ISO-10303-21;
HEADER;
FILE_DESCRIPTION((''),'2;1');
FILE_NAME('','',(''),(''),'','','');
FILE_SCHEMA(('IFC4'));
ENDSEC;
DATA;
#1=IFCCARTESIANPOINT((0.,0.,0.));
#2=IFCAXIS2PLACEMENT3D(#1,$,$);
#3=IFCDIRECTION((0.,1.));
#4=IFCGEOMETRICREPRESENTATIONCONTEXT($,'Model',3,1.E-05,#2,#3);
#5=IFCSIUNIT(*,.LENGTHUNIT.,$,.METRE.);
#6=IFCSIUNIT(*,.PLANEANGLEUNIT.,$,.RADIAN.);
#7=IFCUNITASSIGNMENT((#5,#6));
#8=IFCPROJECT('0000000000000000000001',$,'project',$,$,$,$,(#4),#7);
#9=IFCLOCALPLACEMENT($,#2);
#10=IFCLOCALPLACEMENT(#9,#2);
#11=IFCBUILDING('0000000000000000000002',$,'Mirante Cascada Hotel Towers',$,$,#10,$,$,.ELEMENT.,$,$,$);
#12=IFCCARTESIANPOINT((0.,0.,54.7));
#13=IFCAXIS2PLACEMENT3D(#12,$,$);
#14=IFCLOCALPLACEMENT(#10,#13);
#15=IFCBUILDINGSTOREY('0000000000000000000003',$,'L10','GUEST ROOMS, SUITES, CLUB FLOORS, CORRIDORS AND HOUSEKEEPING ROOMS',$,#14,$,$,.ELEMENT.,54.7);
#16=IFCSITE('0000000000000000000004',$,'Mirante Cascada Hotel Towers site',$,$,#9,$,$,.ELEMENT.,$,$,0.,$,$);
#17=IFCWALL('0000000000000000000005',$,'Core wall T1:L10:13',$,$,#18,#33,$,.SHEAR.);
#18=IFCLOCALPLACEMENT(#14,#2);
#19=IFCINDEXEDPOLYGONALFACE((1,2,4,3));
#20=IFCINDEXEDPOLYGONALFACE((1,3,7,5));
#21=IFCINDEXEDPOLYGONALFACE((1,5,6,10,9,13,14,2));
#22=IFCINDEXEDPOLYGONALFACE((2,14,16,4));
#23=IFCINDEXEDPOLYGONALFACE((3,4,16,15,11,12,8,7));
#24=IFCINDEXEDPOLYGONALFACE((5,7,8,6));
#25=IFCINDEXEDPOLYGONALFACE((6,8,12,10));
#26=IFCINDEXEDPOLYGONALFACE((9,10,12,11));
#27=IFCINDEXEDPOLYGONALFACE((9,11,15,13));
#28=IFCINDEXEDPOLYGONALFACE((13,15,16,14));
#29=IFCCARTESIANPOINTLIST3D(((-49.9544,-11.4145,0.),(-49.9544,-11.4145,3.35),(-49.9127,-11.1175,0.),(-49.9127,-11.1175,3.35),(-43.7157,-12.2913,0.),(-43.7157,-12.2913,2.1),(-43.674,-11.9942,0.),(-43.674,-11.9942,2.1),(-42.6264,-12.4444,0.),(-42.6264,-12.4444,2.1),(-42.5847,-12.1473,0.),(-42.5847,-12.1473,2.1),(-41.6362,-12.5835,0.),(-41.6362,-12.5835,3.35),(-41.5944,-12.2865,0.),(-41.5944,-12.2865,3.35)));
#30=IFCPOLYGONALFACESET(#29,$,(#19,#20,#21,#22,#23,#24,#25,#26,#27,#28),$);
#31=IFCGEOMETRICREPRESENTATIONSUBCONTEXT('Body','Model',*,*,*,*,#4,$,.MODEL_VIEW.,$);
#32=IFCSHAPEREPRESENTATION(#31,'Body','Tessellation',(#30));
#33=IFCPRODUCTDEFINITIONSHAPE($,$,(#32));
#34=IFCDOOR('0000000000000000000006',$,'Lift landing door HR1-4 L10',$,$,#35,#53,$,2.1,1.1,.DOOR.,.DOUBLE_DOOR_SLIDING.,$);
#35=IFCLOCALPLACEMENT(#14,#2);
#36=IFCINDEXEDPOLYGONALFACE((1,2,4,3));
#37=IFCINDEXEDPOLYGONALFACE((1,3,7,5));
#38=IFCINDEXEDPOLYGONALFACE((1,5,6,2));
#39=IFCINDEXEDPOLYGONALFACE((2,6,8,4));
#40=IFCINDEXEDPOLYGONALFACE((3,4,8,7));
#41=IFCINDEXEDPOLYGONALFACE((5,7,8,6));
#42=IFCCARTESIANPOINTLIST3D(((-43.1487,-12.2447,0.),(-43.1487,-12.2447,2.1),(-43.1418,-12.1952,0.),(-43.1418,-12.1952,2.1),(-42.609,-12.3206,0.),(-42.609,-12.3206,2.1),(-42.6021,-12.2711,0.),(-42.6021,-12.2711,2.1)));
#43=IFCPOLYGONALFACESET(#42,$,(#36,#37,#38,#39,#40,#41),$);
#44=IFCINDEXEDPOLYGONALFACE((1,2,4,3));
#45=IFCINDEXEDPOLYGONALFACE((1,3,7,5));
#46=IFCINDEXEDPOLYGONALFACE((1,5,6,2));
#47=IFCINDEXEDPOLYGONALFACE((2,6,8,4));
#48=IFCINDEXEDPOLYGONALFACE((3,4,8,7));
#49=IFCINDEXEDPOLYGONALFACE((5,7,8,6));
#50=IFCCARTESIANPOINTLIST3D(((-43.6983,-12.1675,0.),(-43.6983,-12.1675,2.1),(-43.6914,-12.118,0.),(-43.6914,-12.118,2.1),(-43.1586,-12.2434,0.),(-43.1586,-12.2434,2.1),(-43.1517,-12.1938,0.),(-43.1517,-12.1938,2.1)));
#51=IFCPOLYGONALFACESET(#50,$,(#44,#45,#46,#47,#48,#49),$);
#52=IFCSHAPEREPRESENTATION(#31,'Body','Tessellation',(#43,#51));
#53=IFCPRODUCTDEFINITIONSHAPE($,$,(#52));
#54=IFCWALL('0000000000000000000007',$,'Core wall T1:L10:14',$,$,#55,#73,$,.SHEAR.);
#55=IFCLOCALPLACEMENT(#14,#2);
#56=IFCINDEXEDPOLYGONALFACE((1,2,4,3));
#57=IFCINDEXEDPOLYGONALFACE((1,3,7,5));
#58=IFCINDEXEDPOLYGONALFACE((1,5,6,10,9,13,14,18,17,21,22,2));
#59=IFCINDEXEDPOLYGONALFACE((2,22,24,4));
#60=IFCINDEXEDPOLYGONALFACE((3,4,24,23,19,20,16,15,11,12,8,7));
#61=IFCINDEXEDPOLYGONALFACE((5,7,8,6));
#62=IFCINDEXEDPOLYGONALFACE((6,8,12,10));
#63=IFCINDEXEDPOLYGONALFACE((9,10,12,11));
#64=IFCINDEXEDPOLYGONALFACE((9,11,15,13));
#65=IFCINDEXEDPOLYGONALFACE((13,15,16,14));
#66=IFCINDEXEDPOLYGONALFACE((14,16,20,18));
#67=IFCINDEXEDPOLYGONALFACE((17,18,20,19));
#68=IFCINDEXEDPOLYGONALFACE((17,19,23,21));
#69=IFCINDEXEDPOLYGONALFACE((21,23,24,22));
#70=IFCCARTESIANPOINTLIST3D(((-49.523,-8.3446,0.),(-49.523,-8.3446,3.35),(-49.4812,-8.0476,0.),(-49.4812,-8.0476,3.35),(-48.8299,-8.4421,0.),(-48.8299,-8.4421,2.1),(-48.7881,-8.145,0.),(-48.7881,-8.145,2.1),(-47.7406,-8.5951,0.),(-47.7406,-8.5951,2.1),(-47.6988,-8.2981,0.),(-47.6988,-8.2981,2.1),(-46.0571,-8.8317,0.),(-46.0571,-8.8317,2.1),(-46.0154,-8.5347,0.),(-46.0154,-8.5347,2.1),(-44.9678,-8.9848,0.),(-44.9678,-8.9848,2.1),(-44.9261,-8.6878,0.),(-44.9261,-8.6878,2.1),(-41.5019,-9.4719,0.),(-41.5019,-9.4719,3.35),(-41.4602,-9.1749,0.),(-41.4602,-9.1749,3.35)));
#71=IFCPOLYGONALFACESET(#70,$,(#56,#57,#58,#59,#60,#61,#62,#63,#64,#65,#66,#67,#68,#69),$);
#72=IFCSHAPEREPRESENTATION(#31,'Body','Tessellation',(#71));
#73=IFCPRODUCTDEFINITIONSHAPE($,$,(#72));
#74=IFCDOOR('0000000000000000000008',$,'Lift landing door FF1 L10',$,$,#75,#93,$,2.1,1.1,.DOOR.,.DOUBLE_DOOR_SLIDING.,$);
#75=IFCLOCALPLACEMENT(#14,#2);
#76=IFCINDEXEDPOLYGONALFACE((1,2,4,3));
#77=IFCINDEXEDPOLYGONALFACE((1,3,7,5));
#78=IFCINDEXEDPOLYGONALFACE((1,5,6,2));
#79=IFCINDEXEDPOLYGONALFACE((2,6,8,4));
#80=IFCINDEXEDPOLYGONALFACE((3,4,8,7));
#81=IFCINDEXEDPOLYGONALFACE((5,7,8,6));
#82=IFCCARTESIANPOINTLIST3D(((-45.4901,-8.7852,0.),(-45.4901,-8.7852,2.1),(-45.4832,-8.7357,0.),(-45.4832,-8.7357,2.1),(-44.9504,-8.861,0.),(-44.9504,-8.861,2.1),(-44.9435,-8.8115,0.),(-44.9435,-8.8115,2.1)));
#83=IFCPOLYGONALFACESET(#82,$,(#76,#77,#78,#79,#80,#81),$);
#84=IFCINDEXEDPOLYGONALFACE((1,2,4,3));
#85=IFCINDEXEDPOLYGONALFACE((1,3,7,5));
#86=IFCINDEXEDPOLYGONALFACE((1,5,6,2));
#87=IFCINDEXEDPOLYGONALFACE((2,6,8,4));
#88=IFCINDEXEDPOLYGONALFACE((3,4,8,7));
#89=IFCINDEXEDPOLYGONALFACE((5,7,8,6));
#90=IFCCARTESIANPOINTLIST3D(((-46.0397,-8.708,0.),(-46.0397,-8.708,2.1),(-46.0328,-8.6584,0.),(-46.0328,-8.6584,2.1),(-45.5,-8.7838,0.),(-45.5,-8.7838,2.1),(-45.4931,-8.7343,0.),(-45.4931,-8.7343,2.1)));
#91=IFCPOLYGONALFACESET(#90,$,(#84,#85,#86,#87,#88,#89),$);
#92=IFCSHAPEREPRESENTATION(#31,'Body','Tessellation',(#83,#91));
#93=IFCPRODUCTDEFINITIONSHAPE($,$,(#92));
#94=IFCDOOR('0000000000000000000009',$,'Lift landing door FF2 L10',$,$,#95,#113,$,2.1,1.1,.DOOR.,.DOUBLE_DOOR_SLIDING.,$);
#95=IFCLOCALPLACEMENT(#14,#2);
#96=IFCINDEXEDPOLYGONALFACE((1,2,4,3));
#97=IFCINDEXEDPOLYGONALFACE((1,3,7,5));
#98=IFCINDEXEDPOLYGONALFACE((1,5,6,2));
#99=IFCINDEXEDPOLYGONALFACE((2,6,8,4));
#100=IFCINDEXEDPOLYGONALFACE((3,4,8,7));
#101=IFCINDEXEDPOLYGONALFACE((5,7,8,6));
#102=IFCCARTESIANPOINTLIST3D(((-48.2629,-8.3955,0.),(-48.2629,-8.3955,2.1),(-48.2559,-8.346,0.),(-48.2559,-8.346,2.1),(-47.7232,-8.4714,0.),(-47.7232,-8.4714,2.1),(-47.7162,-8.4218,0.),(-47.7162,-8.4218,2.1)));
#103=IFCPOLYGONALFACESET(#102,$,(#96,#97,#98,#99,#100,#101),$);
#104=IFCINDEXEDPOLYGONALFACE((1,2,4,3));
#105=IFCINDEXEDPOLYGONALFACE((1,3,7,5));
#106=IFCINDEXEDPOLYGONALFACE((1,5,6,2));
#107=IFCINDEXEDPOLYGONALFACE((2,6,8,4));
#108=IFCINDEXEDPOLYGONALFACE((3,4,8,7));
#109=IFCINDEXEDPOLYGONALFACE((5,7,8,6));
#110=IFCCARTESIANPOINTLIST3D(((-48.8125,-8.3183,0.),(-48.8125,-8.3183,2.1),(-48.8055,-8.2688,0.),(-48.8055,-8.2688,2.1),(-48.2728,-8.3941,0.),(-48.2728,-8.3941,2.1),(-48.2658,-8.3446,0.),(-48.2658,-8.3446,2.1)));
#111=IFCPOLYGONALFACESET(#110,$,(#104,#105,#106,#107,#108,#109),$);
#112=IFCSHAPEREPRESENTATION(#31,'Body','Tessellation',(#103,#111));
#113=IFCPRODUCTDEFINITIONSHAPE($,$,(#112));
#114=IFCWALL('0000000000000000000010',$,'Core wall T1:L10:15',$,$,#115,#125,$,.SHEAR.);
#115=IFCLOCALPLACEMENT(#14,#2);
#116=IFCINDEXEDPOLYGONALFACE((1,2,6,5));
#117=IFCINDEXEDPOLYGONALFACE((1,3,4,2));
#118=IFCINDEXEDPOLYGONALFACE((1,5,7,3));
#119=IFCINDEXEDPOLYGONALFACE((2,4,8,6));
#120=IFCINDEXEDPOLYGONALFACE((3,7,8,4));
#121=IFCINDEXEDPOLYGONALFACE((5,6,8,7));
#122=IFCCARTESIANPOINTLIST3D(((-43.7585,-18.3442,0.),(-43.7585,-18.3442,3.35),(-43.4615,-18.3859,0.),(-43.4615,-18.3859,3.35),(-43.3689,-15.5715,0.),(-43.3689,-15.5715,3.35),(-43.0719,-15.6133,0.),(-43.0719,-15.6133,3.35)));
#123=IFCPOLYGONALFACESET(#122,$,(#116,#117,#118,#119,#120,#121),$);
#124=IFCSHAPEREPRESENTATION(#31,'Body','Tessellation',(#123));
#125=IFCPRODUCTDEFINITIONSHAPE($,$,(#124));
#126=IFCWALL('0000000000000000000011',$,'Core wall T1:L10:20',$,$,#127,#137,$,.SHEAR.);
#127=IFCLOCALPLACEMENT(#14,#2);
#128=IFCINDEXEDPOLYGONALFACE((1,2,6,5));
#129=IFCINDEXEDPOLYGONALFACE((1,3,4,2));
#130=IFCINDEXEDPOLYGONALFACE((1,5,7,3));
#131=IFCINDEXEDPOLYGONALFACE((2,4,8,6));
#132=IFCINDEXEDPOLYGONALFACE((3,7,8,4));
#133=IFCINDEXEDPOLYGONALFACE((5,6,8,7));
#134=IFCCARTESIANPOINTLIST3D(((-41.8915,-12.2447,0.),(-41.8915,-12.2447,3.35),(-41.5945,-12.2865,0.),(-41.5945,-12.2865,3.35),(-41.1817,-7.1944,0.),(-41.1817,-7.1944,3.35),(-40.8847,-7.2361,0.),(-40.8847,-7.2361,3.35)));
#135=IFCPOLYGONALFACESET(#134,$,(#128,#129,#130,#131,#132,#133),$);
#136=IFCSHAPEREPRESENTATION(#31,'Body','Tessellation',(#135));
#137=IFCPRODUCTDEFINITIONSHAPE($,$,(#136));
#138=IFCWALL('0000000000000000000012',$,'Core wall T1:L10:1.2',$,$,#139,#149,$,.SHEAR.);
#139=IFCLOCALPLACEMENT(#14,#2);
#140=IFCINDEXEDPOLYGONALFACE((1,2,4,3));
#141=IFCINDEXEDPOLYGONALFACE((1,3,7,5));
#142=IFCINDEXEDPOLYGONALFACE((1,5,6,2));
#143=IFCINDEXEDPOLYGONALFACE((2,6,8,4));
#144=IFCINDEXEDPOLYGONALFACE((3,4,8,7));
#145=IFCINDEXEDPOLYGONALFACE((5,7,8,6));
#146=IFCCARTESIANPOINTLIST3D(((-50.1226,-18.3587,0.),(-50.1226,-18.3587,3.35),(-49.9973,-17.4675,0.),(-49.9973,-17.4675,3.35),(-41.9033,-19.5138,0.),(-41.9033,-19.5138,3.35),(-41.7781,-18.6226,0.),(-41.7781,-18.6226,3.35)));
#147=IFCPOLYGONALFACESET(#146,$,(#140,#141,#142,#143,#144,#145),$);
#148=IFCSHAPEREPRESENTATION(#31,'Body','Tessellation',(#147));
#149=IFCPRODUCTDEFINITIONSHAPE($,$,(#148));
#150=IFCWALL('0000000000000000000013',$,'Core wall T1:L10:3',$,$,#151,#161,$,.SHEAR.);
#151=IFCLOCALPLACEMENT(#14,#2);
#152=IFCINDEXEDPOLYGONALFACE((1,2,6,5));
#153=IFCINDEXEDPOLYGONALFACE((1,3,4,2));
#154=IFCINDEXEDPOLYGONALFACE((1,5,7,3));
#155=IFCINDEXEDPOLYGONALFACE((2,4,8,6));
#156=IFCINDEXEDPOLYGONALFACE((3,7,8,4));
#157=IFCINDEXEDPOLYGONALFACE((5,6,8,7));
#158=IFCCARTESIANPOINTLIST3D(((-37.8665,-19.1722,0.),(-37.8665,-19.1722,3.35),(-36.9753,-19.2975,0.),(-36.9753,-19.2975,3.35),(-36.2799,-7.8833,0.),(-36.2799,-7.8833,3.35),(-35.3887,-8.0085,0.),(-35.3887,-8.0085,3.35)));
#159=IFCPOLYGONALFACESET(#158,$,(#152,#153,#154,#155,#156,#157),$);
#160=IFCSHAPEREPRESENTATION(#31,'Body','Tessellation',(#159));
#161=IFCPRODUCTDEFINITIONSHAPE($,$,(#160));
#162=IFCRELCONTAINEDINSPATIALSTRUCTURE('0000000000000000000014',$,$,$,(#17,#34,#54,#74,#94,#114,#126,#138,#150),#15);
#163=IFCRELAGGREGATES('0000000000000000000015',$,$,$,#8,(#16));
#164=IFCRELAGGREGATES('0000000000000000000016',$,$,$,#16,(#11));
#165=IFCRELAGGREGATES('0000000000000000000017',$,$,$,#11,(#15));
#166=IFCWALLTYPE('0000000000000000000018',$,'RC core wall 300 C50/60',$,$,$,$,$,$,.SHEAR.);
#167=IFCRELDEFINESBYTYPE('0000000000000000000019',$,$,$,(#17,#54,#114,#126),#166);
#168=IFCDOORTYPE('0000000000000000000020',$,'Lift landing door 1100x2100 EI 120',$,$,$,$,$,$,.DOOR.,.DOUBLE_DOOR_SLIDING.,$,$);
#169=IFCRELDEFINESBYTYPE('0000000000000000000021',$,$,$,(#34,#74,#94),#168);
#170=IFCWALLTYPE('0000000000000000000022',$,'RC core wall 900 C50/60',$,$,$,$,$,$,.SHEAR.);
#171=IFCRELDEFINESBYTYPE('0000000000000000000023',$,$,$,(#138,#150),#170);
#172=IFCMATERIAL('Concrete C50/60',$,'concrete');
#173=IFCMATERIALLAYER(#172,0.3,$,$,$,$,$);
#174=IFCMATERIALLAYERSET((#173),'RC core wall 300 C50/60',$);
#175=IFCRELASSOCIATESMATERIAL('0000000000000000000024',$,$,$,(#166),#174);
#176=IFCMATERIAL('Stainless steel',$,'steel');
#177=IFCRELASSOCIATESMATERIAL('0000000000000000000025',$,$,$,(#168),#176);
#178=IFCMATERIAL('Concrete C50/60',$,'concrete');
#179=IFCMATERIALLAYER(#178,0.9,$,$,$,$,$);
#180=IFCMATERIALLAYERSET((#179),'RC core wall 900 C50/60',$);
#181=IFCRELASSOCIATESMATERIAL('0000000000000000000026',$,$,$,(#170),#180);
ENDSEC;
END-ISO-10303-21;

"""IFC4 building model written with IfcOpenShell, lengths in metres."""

from ifc_helpers import new_model, si_unit, direction, frame, frame_2d, origin, place, context, subcontext, project, spatial, rectangle, extrude, material, layer, layer_set, type_object, element, fill, save


model = new_model("IFC4")

# Units and contexts
model_context = context("Model", 3, precision=1e-05, world=origin(), true_north=direction((0.0, 1.0)))
body_context = subcontext(model_context, "Body", "Model", "MODEL_VIEW")
ifc_project = project(units=[si_unit("LENGTHUNIT", "METRE"), si_unit("PLANEANGLEUNIT", "RADIAN")], contexts=[model_context])

# Site, building, storey
site_placement = place(None, origin())
site = spatial("IfcSite", under=ifc_project, at=site_placement, Name="Mirante Cascada Hotel Towers site", CompositionType="ELEMENT", RefElevation=0.0)
building_placement = place(site_placement, origin())
building = spatial("IfcBuilding", under=site, at=building_placement, Name="Mirante Cascada Hotel Towers", CompositionType="ELEMENT")
storey_placement = place(building_placement, frame((0.0, 0.0, 54.7)))
storey = spatial("IfcBuildingStorey", under=building, at=storey_placement, Name="L10", Description="GUEST ROOMS, SUITES, CLUB FLOORS, CORRIDORS AND HOUSEKEEPING ROOMS", CompositionType="ELEMENT", Elevation=54.7)

# Shared definitions
ifc_material_1 = material(Name="Concrete C50/60", Category="concrete")
ifc_layer_1 = layer(ifc_material_1, 0.3)
ifc_layer_set_1 = layer_set([ifc_layer_1], Name="RC core wall 300 C50/60")
wall_type_1 = type_object("IfcWallType", Name="RC core wall 300 C50/60", PredefinedType="SHEAR", material=ifc_layer_set_1)

# Shared definitions
ifc_material_2 = material(Name="Stainless steel", Category="steel")
door_type_1 = type_object("IfcDoorType", Name="Lift landing door 1100x2100 EI 120", OperationType="DOUBLE_DOOR_SLIDING", PredefinedType="DOOR", material=ifc_material_2)

# Wall, opening, door
wall_1_placement = place(storey_placement, frame((-41.6153, -12.435, 0.0), z_axis=(0.0, 0.0, 1.0), x_axis=(-0.990269, 0.139166, 0.0)))
wall_1 = element("IfcWall", 1, at=wall_1_placement, inside=storey, type_object=wall_type_1, Name="Core wall T1:L10:13", PredefinedType="SHEAR", context=body_context, shape_type="SweptSolid", body=[
    extrude(rectangle(XDim=8.4, YDim=0.3, at=frame_2d((4.2, 0.0))), origin(), (0.0, 0.0, 1.0), 3.35),
])
opening_1_placement = place(wall_1_placement, frame((1.0, 0.0, 0.0)))
opening_1 = element("IfcOpeningElement", 2, at=opening_1_placement, cuts=wall_1, PredefinedType="OPENING", context=body_context, shape_type="SweptSolid", body=[
    extrude(rectangle(XDim=1.1, YDim=2.1, at=frame_2d((0.55, 1.05))), frame((0.0, 0.15, 0.0), z_axis=(0.0, -1.0, 0.0), x_axis=(1.0, 0.0, 0.0)), (0.0, 0.0, 1.0), 0.3),
])
door_1_placement = place(opening_1_placement, origin())
door_1 = element("IfcDoor", 3, at=door_1_placement, inside=storey, type_object=door_type_1, Name="Lift landing door HR1-4 L10", OperationType="DOUBLE_DOOR_SLIDING", OverallHeight=2.1, OverallWidth=1.1, PredefinedType="DOOR", context=body_context, shape_type="SweptSolid", body=[
    extrude(rectangle(XDim=0.545, YDim=2.1, at=frame_2d((0.2725, 1.05))), frame((0.0, 0.025, 0.0), z_axis=(0.0, -1.0, 0.0), x_axis=(1.0, 0.0, 0.0)), (0.0, 0.0, 1.0), 0.05),
    extrude(rectangle(XDim=0.545, YDim=2.1, at=frame_2d((0.8275, 1.05))), frame((0.0, 0.025, 0.0), z_axis=(0.0, -1.0, 0.0), x_axis=(1.0, 0.0, 0.0)), (0.0, 0.0, 1.0), 0.05),
])
fill(opening_1, door_1)

# Wall, openings, doors
wall_2_placement = place(storey_placement, frame((-41.481, -9.3234, 0.0), z_axis=(0.0, 0.0, 1.0), x_axis=(-0.990268, 0.139174, 0.0)))
wall_2 = element("IfcWall", 4, at=wall_2_placement, inside=storey, type_object=wall_type_1, Name="Core wall T1:L10:14", PredefinedType="SHEAR", context=body_context, shape_type="SweptSolid", body=[
    extrude(rectangle(XDim=8.0999, YDim=0.3, at=frame_2d((4.05, 0.0))), origin(), (0.0, 0.0, 1.0), 3.35),
])
opening_2_placement = place(wall_2_placement, frame((3.5, 0.0, 0.0)))
opening_2 = element("IfcOpeningElement", 5, at=opening_2_placement, cuts=wall_2, PredefinedType="OPENING", context=body_context, shape_type="SweptSolid", body=[
    extrude(rectangle(XDim=1.1, YDim=2.1, at=frame_2d((0.55, 1.05))), frame((0.0, 0.15, 0.0), z_axis=(0.0, -1.0, 0.0), x_axis=(1.0, 0.0, 0.0)), (0.0, 0.0, 1.0), 0.3),
])
opening_3_placement = place(wall_2_placement, frame((6.3, 0.0, 0.0)))
opening_3 = element("IfcOpeningElement", 6, at=opening_3_placement, cuts=wall_2, PredefinedType="OPENING", context=body_context, shape_type="SweptSolid", body=[
    extrude(rectangle(XDim=1.1, YDim=2.1, at=frame_2d((0.55, 1.05))), frame((0.0, 0.15, 0.0), z_axis=(0.0, -1.0, 0.0), x_axis=(1.0, 0.0, 0.0)), (0.0, 0.0, 1.0), 0.3),
])
door_2_placement = place(opening_2_placement, origin())
door_2 = element("IfcDoor", 7, at=door_2_placement, inside=storey, type_object=door_type_1, Name="Lift landing door FF1 L10", OperationType="DOUBLE_DOOR_SLIDING", OverallHeight=2.1, OverallWidth=1.1, PredefinedType="DOOR", context=body_context, shape_type="SweptSolid", body=[
    extrude(rectangle(XDim=0.545, YDim=2.1, at=frame_2d((0.2725, 1.05))), frame((0.0, 0.025, 0.0), z_axis=(0.0, -1.0, 0.0), x_axis=(1.0, 0.0, 0.0)), (0.0, 0.0, 1.0), 0.05),
    extrude(rectangle(XDim=0.545, YDim=2.1, at=frame_2d((0.8275, 1.05))), frame((0.0, 0.025, 0.0), z_axis=(0.0, -1.0, 0.0), x_axis=(1.0, 0.0, 0.0)), (0.0, 0.0, 1.0), 0.05),
])
fill(opening_2, door_2)
door_3_placement = place(opening_3_placement, origin())
door_3 = element("IfcDoor", 8, at=door_3_placement, inside=storey, type_object=door_type_1, Name="Lift landing door FF2 L10", OperationType="DOUBLE_DOOR_SLIDING", OverallHeight=2.1, OverallWidth=1.1, PredefinedType="DOOR", context=body_context, shape_type="SweptSolid", body=[
    extrude(rectangle(XDim=0.545, YDim=2.1, at=frame_2d((0.2725, 1.05))), frame((0.0, 0.025, 0.0), z_axis=(0.0, -1.0, 0.0), x_axis=(1.0, 0.0, 0.0)), (0.0, 0.0, 1.0), 0.05),
    extrude(rectangle(XDim=0.545, YDim=2.1, at=frame_2d((0.8275, 1.05))), frame((0.0, 0.025, 0.0), z_axis=(0.0, -1.0, 0.0), x_axis=(1.0, 0.0, 0.0)), (0.0, 0.0, 1.0), 0.05),
])
fill(opening_3, door_3)

# Walls
wall_3_placement = place(storey_placement, frame((-43.61, -18.3651, 0.0), z_axis=(0.0, 0.0, 1.0), x_axis=(0.139146, 0.990272, 0.0)))
element("IfcWall", 9, at=wall_3_placement, inside=storey, type_object=wall_type_1, Name="Core wall T1:L10:15", PredefinedType="SHEAR", context=body_context, shape_type="SweptSolid", body=[
    extrude(rectangle(XDim=2.7999, YDim=0.3, at=frame_2d((1.4, 0.0))), origin(), (0.0, 0.0, 1.0), 3.35),
])
wall_4_placement = place(storey_placement, frame((-41.743, -12.2656, 0.0), z_axis=(0.0, 0.0, 1.0), x_axis=(0.139176, 0.990268, 0.0)))
element("IfcWall", 10, at=wall_4_placement, inside=storey, type_object=wall_type_1, Name="Core wall T1:L10:20", PredefinedType="SHEAR", context=body_context, shape_type="SweptSolid", body=[
    extrude(rectangle(XDim=5.1, YDim=0.3, at=frame_2d((2.55, 0.0))), origin(), (0.0, 0.0, 1.0), 3.35),
])
ifc_material_3 = material(Name="Concrete C50/60", Category="concrete")
ifc_layer_2 = layer(ifc_material_3, 0.9)
ifc_layer_set_2 = layer_set([ifc_layer_2], Name="RC core wall 900 C50/60")
wall_type_2 = type_object("IfcWallType", Name="RC core wall 900 C50/60", PredefinedType="SHEAR", material=ifc_layer_set_2)
wall_5_placement = place(storey_placement, frame((-41.8407, -19.0682, 0.0), z_axis=(0.0, 0.0, 1.0), x_axis=(-0.990269, 0.139169, 0.0)))
element("IfcWall", 11, at=wall_5_placement, inside=storey, type_object=wall_type_2, Name="Core wall T1:L10:1.2", PredefinedType="SHEAR", context=body_context, shape_type="SweptSolid", body=[
    extrude(rectangle(XDim=8.3, YDim=0.9, at=frame_2d((4.15, 0.0))), origin(), (0.0, 0.0, 1.0), 3.35),
])
wall_6_placement = place(storey_placement, frame((-37.4209, -19.2349, 0.0), z_axis=(0.0, 0.0, 1.0), x_axis=(0.139176, 0.990268, 0.0)))
element("IfcWall", 12, at=wall_6_placement, inside=storey, type_object=wall_type_2, Name="Core wall T1:L10:3", PredefinedType="SHEAR", context=body_context, shape_type="SweptSolid", body=[
    extrude(rectangle(XDim=11.3999, YDim=0.9, at=frame_2d((5.7, 0.0))), origin(), (0.0, 0.0, 1.0), 3.35),
])

save(model, "model.ifc")
